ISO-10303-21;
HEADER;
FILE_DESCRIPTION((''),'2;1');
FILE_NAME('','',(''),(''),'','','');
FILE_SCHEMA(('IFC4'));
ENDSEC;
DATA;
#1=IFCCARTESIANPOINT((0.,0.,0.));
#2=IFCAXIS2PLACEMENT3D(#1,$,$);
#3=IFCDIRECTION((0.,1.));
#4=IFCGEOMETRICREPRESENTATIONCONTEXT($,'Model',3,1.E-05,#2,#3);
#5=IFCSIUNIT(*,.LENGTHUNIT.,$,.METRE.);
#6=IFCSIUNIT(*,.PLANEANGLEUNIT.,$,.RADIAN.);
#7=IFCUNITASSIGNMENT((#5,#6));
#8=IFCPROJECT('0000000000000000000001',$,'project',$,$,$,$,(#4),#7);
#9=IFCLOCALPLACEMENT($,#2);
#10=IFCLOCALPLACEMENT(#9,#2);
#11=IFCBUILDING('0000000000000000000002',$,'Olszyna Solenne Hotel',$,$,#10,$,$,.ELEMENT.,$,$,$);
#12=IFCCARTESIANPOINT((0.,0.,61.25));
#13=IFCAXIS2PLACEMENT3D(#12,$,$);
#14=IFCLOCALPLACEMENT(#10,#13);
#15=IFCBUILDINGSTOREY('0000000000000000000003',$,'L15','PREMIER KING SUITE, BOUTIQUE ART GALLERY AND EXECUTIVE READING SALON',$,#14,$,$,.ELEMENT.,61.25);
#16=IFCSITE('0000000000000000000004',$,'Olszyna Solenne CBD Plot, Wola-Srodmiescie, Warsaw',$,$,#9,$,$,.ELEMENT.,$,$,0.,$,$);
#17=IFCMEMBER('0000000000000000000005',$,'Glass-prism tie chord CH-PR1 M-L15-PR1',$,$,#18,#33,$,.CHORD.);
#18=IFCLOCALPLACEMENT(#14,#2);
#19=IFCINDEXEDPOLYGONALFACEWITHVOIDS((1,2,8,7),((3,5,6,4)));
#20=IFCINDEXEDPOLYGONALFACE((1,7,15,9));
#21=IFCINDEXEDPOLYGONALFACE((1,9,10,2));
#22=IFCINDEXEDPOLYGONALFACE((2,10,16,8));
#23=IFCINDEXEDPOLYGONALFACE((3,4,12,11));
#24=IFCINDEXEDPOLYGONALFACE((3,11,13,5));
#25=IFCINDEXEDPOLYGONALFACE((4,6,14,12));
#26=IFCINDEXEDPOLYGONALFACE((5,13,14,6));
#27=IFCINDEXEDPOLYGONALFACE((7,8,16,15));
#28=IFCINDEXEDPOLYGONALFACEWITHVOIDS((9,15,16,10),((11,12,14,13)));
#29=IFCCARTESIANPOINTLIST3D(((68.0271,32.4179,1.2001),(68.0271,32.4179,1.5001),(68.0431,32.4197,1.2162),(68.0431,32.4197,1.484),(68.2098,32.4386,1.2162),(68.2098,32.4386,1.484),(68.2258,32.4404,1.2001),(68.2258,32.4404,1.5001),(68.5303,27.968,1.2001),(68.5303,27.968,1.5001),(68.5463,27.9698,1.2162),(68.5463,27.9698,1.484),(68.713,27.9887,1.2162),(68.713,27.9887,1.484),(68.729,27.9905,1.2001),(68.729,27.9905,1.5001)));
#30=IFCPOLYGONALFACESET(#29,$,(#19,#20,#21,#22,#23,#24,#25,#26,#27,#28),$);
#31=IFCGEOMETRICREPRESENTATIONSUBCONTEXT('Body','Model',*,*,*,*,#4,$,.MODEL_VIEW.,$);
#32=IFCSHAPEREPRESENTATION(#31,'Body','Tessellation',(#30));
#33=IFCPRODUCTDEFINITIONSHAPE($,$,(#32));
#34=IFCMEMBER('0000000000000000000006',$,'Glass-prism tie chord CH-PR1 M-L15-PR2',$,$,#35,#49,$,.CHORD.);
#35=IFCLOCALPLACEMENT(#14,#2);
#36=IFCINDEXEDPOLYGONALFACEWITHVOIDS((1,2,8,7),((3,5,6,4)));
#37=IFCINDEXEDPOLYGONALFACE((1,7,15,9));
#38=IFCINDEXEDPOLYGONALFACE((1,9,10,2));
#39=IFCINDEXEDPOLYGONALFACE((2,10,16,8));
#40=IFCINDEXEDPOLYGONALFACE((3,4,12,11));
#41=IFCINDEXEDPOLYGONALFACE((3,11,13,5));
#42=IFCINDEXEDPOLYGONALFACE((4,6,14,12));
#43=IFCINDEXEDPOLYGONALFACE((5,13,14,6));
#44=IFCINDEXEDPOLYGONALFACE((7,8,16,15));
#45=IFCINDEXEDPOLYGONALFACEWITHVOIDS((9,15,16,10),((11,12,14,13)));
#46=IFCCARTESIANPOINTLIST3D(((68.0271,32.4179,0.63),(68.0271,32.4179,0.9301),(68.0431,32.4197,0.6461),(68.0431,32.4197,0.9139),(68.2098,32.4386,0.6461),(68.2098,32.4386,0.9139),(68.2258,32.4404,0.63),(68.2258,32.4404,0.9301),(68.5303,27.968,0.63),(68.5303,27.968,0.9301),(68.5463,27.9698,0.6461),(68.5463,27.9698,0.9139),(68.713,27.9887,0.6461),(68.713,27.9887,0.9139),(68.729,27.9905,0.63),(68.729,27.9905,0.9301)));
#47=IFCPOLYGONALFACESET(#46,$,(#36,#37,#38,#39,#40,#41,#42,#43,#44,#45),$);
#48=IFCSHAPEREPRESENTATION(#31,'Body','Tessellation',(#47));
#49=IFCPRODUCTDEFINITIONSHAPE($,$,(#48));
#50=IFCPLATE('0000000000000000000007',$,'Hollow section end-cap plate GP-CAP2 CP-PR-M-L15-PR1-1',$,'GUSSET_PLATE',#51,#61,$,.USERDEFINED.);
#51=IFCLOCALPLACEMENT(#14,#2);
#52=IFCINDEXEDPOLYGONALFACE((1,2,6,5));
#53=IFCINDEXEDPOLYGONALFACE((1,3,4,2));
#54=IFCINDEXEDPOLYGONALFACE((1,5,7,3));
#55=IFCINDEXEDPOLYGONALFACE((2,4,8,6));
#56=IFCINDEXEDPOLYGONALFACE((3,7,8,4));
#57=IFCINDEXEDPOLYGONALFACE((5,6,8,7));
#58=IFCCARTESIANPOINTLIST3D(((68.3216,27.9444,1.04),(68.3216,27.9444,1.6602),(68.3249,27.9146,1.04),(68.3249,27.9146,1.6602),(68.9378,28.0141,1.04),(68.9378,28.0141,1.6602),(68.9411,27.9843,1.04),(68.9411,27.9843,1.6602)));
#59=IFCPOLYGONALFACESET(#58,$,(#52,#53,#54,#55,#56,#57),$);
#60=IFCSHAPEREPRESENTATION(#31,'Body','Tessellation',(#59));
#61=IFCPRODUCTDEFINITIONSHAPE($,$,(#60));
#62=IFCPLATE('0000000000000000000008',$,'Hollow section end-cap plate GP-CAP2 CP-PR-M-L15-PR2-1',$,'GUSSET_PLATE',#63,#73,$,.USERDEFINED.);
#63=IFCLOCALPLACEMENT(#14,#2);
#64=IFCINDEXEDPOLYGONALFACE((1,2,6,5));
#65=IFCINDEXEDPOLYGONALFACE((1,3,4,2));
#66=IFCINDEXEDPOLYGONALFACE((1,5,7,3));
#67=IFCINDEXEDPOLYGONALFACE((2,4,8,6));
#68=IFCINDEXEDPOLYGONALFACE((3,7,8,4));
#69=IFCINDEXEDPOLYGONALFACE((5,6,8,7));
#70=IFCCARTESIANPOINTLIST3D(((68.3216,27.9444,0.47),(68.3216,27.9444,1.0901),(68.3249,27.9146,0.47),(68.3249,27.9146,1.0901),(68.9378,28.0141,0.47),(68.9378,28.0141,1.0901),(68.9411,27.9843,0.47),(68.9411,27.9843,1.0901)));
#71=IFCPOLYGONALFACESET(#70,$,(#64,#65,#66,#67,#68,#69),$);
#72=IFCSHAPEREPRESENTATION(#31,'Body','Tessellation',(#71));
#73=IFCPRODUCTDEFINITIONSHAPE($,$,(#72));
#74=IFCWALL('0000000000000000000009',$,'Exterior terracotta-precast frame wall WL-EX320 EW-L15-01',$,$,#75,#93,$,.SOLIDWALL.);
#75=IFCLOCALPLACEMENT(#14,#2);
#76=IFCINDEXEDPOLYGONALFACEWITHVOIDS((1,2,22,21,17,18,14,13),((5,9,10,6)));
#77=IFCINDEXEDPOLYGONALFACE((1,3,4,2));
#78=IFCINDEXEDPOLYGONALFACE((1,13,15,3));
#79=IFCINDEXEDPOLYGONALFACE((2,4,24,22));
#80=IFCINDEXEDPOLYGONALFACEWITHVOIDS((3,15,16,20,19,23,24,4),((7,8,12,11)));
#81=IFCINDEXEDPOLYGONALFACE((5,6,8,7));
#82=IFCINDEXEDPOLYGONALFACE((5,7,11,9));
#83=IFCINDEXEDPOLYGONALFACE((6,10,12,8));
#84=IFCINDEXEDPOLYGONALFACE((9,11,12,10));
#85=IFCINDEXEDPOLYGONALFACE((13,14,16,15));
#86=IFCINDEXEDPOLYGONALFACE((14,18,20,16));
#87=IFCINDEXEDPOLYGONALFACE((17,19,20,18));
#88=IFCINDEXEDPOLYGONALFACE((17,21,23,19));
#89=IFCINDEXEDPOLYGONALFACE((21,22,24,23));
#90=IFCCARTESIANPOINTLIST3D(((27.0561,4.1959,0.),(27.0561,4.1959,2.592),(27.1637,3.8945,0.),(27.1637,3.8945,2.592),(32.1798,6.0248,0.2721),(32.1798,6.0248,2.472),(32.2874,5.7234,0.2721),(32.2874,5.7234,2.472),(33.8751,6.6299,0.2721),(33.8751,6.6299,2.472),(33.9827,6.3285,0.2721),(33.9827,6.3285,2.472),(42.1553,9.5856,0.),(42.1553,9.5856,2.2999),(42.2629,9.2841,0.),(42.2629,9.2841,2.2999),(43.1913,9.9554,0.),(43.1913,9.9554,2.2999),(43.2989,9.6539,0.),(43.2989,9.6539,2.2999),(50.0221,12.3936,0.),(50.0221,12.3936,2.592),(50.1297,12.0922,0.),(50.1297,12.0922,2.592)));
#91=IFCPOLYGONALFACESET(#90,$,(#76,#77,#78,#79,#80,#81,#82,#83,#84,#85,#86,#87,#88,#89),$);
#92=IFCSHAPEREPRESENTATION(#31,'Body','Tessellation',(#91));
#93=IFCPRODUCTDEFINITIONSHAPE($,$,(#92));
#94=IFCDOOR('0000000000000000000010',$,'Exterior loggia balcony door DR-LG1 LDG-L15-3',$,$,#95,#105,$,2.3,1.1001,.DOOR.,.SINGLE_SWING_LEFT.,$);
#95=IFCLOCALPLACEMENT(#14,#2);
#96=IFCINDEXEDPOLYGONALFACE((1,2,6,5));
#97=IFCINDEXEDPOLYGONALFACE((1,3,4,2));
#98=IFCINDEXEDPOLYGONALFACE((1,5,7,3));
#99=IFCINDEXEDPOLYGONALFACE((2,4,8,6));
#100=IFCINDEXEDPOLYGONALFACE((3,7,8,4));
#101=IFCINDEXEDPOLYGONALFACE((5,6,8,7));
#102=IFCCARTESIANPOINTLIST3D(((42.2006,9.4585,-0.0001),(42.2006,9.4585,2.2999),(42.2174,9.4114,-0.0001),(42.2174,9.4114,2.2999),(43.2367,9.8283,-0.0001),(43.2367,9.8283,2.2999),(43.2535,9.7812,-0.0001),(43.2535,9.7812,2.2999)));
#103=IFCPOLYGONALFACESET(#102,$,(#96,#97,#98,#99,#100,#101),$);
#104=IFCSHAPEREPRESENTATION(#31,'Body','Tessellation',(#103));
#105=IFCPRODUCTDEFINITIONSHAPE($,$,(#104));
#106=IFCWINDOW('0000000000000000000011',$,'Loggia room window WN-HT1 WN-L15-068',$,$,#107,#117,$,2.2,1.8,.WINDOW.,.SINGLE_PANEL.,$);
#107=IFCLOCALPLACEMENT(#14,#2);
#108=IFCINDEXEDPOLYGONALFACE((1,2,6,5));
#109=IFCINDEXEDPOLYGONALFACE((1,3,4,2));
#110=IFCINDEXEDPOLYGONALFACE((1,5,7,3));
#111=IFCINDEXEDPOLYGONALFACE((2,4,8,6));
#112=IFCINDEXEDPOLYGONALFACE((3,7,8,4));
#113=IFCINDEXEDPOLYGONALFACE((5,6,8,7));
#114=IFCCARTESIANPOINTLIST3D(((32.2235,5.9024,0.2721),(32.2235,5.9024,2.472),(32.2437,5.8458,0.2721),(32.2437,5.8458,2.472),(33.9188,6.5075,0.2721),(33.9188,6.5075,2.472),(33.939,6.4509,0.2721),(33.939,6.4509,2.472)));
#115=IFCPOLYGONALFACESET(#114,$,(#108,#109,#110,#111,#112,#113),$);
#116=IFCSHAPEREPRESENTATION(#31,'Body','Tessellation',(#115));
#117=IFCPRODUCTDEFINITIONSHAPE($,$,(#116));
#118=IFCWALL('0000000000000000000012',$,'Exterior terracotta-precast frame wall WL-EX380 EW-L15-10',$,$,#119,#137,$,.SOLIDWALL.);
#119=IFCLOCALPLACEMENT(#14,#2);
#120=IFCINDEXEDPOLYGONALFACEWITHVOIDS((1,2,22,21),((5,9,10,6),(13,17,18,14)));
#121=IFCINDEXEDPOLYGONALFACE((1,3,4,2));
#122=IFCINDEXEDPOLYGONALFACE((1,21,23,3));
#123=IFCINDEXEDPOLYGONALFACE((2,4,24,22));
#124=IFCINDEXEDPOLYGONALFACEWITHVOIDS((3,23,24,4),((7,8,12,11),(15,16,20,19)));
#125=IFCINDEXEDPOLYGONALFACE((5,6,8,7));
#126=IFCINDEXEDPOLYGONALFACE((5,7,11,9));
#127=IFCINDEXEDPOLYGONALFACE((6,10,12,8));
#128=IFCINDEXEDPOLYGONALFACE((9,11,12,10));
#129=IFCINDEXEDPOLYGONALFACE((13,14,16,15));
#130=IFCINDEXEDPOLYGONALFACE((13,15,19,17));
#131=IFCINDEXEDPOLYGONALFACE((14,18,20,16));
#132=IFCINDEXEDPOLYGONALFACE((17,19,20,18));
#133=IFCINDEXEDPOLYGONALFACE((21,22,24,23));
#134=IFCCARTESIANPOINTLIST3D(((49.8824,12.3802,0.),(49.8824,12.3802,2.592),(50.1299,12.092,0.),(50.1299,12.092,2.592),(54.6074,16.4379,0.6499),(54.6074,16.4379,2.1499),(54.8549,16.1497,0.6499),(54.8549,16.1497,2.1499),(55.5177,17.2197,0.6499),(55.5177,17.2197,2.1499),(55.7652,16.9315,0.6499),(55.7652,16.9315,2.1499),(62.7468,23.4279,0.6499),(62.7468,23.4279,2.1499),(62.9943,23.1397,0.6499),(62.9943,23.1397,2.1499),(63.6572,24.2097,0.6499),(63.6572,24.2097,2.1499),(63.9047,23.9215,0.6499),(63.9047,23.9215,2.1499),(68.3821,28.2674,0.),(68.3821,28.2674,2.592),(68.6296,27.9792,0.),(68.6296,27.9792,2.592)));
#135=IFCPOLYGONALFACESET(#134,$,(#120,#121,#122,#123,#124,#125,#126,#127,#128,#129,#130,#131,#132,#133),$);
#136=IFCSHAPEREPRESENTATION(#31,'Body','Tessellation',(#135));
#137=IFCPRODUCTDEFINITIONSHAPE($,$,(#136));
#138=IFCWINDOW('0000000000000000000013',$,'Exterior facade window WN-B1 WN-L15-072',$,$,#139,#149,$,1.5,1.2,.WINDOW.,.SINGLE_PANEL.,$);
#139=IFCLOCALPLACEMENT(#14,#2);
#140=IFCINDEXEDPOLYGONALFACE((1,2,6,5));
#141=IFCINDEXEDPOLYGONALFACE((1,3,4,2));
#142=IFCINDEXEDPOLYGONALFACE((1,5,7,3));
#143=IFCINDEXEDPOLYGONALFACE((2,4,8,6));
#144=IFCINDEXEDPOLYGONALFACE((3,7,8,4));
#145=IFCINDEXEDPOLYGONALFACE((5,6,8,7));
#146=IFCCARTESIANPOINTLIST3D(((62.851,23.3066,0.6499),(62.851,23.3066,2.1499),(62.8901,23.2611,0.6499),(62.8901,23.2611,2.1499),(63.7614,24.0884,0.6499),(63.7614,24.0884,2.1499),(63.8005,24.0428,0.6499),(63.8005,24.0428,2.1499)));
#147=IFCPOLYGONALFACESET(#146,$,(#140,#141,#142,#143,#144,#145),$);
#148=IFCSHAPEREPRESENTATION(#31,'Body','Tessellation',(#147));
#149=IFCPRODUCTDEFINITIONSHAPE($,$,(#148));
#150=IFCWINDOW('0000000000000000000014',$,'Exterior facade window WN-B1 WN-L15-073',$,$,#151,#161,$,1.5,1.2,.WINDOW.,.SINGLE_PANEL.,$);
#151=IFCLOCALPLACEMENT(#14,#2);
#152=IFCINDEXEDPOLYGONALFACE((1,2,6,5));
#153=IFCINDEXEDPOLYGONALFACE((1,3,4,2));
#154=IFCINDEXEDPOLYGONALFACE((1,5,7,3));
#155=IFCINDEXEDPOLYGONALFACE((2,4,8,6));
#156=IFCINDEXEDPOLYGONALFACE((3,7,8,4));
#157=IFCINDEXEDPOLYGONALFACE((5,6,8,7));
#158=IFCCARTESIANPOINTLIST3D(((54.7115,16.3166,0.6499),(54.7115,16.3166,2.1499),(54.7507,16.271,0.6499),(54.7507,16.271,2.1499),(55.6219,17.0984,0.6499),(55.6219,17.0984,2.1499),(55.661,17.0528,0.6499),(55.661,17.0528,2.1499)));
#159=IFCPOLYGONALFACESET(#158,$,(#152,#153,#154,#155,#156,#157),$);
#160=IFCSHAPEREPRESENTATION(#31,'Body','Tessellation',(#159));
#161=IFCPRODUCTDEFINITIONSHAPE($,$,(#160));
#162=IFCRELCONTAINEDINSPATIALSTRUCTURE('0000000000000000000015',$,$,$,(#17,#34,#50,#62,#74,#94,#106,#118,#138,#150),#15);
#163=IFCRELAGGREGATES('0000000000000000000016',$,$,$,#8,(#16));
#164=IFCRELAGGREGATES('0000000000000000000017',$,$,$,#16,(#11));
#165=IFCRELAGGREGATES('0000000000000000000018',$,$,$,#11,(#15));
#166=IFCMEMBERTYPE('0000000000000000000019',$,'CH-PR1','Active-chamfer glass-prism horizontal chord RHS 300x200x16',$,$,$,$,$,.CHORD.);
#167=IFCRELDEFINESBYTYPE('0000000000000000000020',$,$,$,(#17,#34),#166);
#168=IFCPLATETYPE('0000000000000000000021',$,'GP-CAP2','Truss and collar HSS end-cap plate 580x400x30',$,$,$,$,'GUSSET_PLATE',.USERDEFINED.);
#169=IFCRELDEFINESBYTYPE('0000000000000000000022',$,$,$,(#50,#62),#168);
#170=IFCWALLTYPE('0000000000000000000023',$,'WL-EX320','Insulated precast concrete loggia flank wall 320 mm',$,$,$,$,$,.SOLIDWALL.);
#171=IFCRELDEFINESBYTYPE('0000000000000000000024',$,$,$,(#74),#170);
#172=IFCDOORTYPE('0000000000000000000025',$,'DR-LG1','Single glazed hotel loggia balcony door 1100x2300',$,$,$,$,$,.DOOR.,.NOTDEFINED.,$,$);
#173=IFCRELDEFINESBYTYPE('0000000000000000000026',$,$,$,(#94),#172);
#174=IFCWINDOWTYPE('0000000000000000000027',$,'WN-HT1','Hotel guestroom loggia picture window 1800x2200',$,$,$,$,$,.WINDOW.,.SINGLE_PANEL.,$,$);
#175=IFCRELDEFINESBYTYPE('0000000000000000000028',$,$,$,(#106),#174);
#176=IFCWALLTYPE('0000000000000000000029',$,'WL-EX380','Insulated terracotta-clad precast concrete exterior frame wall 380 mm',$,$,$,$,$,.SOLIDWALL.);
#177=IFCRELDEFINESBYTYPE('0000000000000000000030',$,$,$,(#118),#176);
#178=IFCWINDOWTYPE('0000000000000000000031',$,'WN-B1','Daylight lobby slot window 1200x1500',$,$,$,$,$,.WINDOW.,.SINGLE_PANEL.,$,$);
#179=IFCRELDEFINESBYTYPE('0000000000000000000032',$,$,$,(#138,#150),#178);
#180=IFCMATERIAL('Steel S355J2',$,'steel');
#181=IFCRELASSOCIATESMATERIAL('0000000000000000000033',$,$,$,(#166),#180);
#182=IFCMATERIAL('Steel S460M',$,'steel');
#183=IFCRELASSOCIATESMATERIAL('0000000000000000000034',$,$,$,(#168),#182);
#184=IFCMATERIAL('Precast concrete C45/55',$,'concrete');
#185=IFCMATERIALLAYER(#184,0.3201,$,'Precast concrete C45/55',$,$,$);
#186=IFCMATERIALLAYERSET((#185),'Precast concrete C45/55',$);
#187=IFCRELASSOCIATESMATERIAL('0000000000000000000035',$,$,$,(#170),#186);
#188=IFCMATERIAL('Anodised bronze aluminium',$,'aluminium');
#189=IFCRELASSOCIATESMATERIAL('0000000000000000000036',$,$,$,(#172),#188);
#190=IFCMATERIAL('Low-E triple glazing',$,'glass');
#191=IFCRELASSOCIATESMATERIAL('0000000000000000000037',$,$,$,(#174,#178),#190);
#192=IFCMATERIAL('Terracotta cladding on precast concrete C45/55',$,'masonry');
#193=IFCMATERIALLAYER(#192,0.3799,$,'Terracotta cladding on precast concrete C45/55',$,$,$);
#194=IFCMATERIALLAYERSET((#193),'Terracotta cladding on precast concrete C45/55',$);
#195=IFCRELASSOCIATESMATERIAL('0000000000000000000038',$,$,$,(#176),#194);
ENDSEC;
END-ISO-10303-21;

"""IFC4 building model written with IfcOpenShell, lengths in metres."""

from ifc_helpers import new_model, si_unit, direction, frame, frame_2d, origin, origin_2d, place, context, subcontext, project, spatial, rectangle, hollow_rectangle, extrude, source, transform, mapped, material, layer, layer_set, material_profile, profile_set, type_object, type_shapes, element, fill, save


model = new_model("IFC4")

# Units and contexts
model_context = context("Model", 3, precision=1e-05, world=origin(), true_north=direction((0.0, 1.0)))
body_context = subcontext(model_context, "Body", "Model", "MODEL_VIEW")
ifc_project = project(units=[si_unit("LENGTHUNIT", "METRE"), si_unit("PLANEANGLEUNIT", "RADIAN")], contexts=[model_context])

# Site, building, storey
site_placement = place(None, origin())
site = spatial("IfcSite", under=ifc_project, at=site_placement, Name="Olszyna Solenne CBD Plot, Wola-Srodmiescie, Warsaw", CompositionType="ELEMENT", RefElevation=0.0)
building_placement = place(site_placement, origin())
building = spatial("IfcBuilding", under=site, at=building_placement, Name="Olszyna Solenne Hotel", CompositionType="ELEMENT")
storey_placement = place(building_placement, frame((0.0, 0.0, 61.25)))
storey = spatial("IfcBuildingStorey", under=building, at=storey_placement, Name="L15", Description="PREMIER KING SUITE, BOUTIQUE ART GALLERY AND EXECUTIVE READING SALON", CompositionType="ELEMENT", Elevation=61.25)

# Shared definitions
ifc_material_1 = material(Name="Steel S460M", Category="steel")

# Shared definitions
ifc_material_2 = material(Name="Steel S355J2", Category="steel")

# Members
ifc_material_profile_1 = material_profile(ifc_material_2, hollow_rectangle(XDim=0.2, YDim=0.3, WallThickness=0.0161, at=origin_2d()), Name="RHS 300x200x16", Category="load-bearing")
ifc_profile_set_1 = profile_set([ifc_material_profile_1], Name="Steel S355J2")
member_type = type_object("IfcMemberType", Name="CH-PR1", Description="Active-chamfer glass-prism horizontal chord RHS 300x200x16", PredefinedType="CHORD", material=ifc_profile_set_1)
shared_shape_1 = source(origin(), body_context, "Body", "SweptSolid", [
    extrude(hollow_rectangle(XDim=0.2, YDim=0.3, WallThickness=0.0161, at=origin_2d()), origin(), (0.0, 0.0, 1.0), 4.4783),
])
for number, where, z_axis, x_axis, name in (
    (1, (68.6296, 27.9792, 1.3501), (-0.112358, 0.993668, 0.0), (-0.993668, -0.112358, 0.0), "Glass-prism tie chord CH-PR1 M-L15-PR1"),
    (2, (68.6296, 27.9792, 0.78), (-0.112358, 0.993668, 0.0), (-0.993668, -0.112358, 0.0), "Glass-prism tie chord CH-PR1 M-L15-PR2"),
):
    element("IfcMember", number, at=place(storey_placement, frame(where, z_axis=z_axis, x_axis=x_axis)), inside=storey, type_object=member_type, Name=name, PredefinedType="CHORD", context=body_context, shape_type="MappedRepresentation", body=[
        mapped(shared_shape_1, transform((0.0, 0.0, 0.0), x_axis=(1.0, 0.0, 0.0), y_axis=(0.0, 1.0, 0.0), z_axis=(0.0, 0.0, 1.0), scale=1.0)),
    ])

# Plates
plate_type = type_object("IfcPlateType", Name="GP-CAP2", Description="Truss and collar HSS end-cap plate 580x400x30", ElementType="GUSSET_PLATE", PredefinedType="USERDEFINED", material=ifc_material_1)
shared_shape_2 = source(origin(), body_context, "Body", "SweptSolid", [
    extrude(rectangle(XDim=0.03, YDim=0.6201, at=origin_2d()), origin(), (0.0, 0.0, 1.0), 0.6201),
])
for number, where, z_axis, x_axis, name in (
    (3, (68.6313, 27.9644, 1.04), (0.0, 0.0, 1.0), (-0.112336, 0.99367, 0.0), "Hollow section end-cap plate GP-CAP2 CP-PR-M-L15-PR1-1"),
    (4, (68.6313, 27.9644, 0.47), (0.0, 0.0, 1.0), (-0.112336, 0.99367, 0.0), "Hollow section end-cap plate GP-CAP2 CP-PR-M-L15-PR2-1"),
):
    element("IfcPlate", number, at=place(storey_placement, frame(where, z_axis=z_axis, x_axis=x_axis)), inside=storey, type_object=plate_type, Name=name, ObjectType="GUSSET_PLATE", PredefinedType="USERDEFINED", context=body_context, shape_type="MappedRepresentation", body=[
        mapped(shared_shape_2, transform((0.0, 0.0, 0.0), x_axis=(1.0, 0.0, 0.0), y_axis=(0.0, 1.0, 0.0), z_axis=(0.0, 0.0, 1.0), scale=1.0)),
    ])

# Wall, openings, door, window
ifc_material_3 = material(Name="Precast concrete C45/55", Category="concrete")
ifc_layer_1 = layer(ifc_material_3, 0.3201, Name="Precast concrete C45/55")
ifc_layer_set_1 = layer_set([ifc_layer_1], Name="Precast concrete C45/55")
wall_type_1 = type_object("IfcWallType", Name="WL-EX320", Description="Insulated precast concrete loggia flank wall 320 mm", PredefinedType="SOLIDWALL", material=ifc_layer_set_1)
wall_1_placement = place(storey_placement, frame((50.0759, 12.2429, 0.0), z_axis=(0.0, 0.0, 1.0), x_axis=(-0.941799, -0.336176, 0.0)))
wall_1 = element("IfcWall", 5, at=wall_1_placement, inside=storey, type_object=wall_type_1, Name="Exterior terracotta-precast frame wall WL-EX320 EW-L15-01", PredefinedType="SOLIDWALL", context=body_context, shape_type="SweptSolid", body=[
    extrude(rectangle(XDim=24.3853, YDim=0.3201, at=frame_2d((12.1926, 0.0))), origin(), (0.0, 0.0, 1.0), 2.592),
])
opening_1_placement = place(wall_1_placement, frame((7.2529, 0.0, 0.0)))
opening_1 = element("IfcOpeningElement", 6, at=opening_1_placement, cuts=wall_1, PredefinedType="OPENING", context=body_context, shape_type="SweptSolid", body=[
    extrude(rectangle(XDim=1.1001, YDim=2.3, at=frame_2d((0.55, 1.1499))), frame((0.0, 0.1699, 0.0), z_axis=(0.0, -1.0, 0.0), x_axis=(1.0, 0.0, 0.0)), (0.0, 0.0, 1.0), 0.3401),
])
opening_2_placement = place(wall_1_placement, frame((17.145, 0.0, 0.272)))
opening_2 = element("IfcOpeningElement", 7, at=opening_2_placement, cuts=wall_1, PredefinedType="OPENING", context=body_context, shape_type="SweptSolid", body=[
    extrude(rectangle(XDim=1.8, YDim=2.2, at=frame_2d((0.8999, 1.1001))), frame((0.0, 0.1699, 0.0), z_axis=(0.0, -1.0, 0.0), x_axis=(1.0, 0.0, 0.0)), (0.0, 0.0, 1.0), 0.3401),
])
ifc_material_4 = material(Name="Anodised bronze aluminium", Category="aluminium")
door_type = type_object("IfcDoorType", Name="DR-LG1", Description="Single glazed hotel loggia balcony door 1100x2300", OperationType="NOTDEFINED", PredefinedType="DOOR", material=ifc_material_4)
shared_shape_3 = source(origin(), body_context, "Body", "SweptSolid", [
    extrude(rectangle(XDim=1.1001, YDim=2.3, at=frame_2d((0.55, 1.1499))), frame((0.0, 0.0249, 0.0), z_axis=(0.0, -1.0, 0.0), x_axis=(1.0, 0.0, 0.0)), (0.0, 0.0, 1.0), 0.05),
])
type_shapes(door_type, [shared_shape_3])
door_placement = place(opening_1_placement, origin())
door = element("IfcDoor", 8, at=door_placement, inside=storey, type_object=door_type, Name="Exterior loggia balcony door DR-LG1 LDG-L15-3", OperationType="SINGLE_SWING_LEFT", OverallHeight=2.3, OverallWidth=1.1001, PredefinedType="DOOR", context=body_context, shape_type="MappedRepresentation", body=[
    mapped(shared_shape_3, transform((0.0, 0.0, 0.0), x_axis=(1.0, 0.0, 0.0), y_axis=(0.0, 1.0, 0.0), z_axis=(0.0, 0.0, 1.0), scale=1.0)),
])
fill(opening_1, door)
ifc_material_5 = material(Name="Low-E triple glazing", Category="glass")
window_type_1 = type_object("IfcWindowType", Name="WN-HT1", Description="Hotel guestroom loggia picture window 1800x2200", PartitioningType="SINGLE_PANEL", PredefinedType="WINDOW", material=ifc_material_5)
shared_shape_4 = source(origin(), body_context, "Body", "SweptSolid", [
    extrude(rectangle(XDim=1.8, YDim=2.2, at=frame_2d((0.8999, 1.1001))), frame((0.0, 0.03, 0.0), z_axis=(0.0, -1.0, 0.0), x_axis=(1.0, 0.0, 0.0)), (0.0, 0.0, 1.0), 0.0601),
])
type_shapes(window_type_1, [shared_shape_4])
window_1_placement = place(opening_2_placement, origin())
window_1 = element("IfcWindow", 9, at=window_1_placement, inside=storey, type_object=window_type_1, Name="Loggia room window WN-HT1 WN-L15-068", OverallHeight=2.2, OverallWidth=1.8, PartitioningType="SINGLE_PANEL", PredefinedType="WINDOW", context=body_context, shape_type="MappedRepresentation", body=[
    mapped(shared_shape_4, transform((0.0, 0.0, 0.0), x_axis=(1.0, 0.0, 0.0), y_axis=(0.0, 1.0, 0.0), z_axis=(0.0, 0.0, 1.0), scale=1.0)),
])
fill(opening_2, window_1)

# Wall, openings, windows
ifc_material_6 = material(Name="Terracotta cladding on precast concrete C45/55", Category="masonry")
ifc_layer_2 = layer(ifc_material_6, 0.3799, Name="Terracotta cladding on precast concrete C45/55")
ifc_layer_set_2 = layer_set([ifc_layer_2], Name="Terracotta cladding on precast concrete C45/55")
wall_type_2 = type_object("IfcWallType", Name="WL-EX380", Description="Insulated terracotta-clad precast concrete exterior frame wall 380 mm", PredefinedType="SOLIDWALL", material=ifc_layer_set_2)
wall_2_placement = place(storey_placement, frame((68.5059, 28.1233, 0.0), z_axis=(0.0, 0.0, 1.0), x_axis=(-0.758643, -0.651507, 0.0)))
wall_2 = element("IfcWall", 10, at=wall_2_placement, inside=storey, type_object=wall_type_2, Name="Exterior terracotta-precast frame wall WL-EX380 EW-L15-10", PredefinedType="SOLIDWALL", context=body_context, shape_type="SweptSolid", body=[
    extrude(rectangle(XDim=24.3853, YDim=0.3799, at=frame_2d((12.1926, 0.0))), origin(), (0.0, 0.0, 1.0), 2.592),
])
opening_3_placement = place(wall_2_placement, frame((6.228, 0.0, 0.6499)))
opening_3 = element("IfcOpeningElement", 11, at=opening_3_placement, cuts=wall_2, PredefinedType="OPENING", context=body_context, shape_type="SweptSolid", body=[
    extrude(rectangle(XDim=1.2, YDim=1.5, at=frame_2d((0.6001, 0.75))), frame((0.0, 0.2, 0.0), z_axis=(0.0, -1.0, 0.0), x_axis=(1.0, 0.0, 0.0)), (0.0, 0.0, 1.0), 0.3999),
])
opening_4_placement = place(wall_2_placement, frame((16.957, 0.0, 0.6499)))
opening_4 = element("IfcOpeningElement", 12, at=opening_4_placement, cuts=wall_2, PredefinedType="OPENING", context=body_context, shape_type="SweptSolid", body=[
    extrude(rectangle(XDim=1.2, YDim=1.5, at=frame_2d((0.6001, 0.75))), frame((0.0, 0.2, 0.0), z_axis=(0.0, -1.0, 0.0), x_axis=(1.0, 0.0, 0.0)), (0.0, 0.0, 1.0), 0.3999),
])
window_type_2 = type_object("IfcWindowType", Name="WN-B1", Description="Daylight lobby slot window 1200x1500", PartitioningType="SINGLE_PANEL", PredefinedType="WINDOW", material=ifc_material_5)
shared_shape_5 = source(origin(), body_context, "Body", "SweptSolid", [
    extrude(rectangle(XDim=1.2, YDim=1.5, at=frame_2d((0.6001, 0.75))), frame((0.0, 0.03, 0.0), z_axis=(0.0, -1.0, 0.0), x_axis=(1.0, 0.0, 0.0)), (0.0, 0.0, 1.0), 0.0601),
])
type_shapes(window_type_2, [shared_shape_5])
window_2_placement = place(opening_3_placement, origin())
window_2 = element("IfcWindow", 13, at=window_2_placement, inside=storey, type_object=window_type_2, Name="Exterior facade window WN-B1 WN-L15-072", OverallHeight=1.5, OverallWidth=1.2, PartitioningType="SINGLE_PANEL", PredefinedType="WINDOW", context=body_context, shape_type="MappedRepresentation", body=[
    mapped(shared_shape_5, transform((0.0, 0.0, 0.0), x_axis=(1.0, 0.0, 0.0), y_axis=(0.0, 1.0, 0.0), z_axis=(0.0, 0.0, 1.0), scale=1.0)),
])
fill(opening_3, window_2)
window_3_placement = place(opening_4_placement, origin())
window_3 = element("IfcWindow", 14, at=window_3_placement, inside=storey, type_object=window_type_2, Name="Exterior facade window WN-B1 WN-L15-073", OverallHeight=1.5, OverallWidth=1.2, PartitioningType="SINGLE_PANEL", PredefinedType="WINDOW", context=body_context, shape_type="MappedRepresentation", body=[
    mapped(shared_shape_5, transform((0.0, 0.0, 0.0), x_axis=(1.0, 0.0, 0.0), y_axis=(0.0, 1.0, 0.0), z_axis=(0.0, 0.0, 1.0), scale=1.0)),
])
fill(opening_4, window_3)

save(model, "model.ifc")
